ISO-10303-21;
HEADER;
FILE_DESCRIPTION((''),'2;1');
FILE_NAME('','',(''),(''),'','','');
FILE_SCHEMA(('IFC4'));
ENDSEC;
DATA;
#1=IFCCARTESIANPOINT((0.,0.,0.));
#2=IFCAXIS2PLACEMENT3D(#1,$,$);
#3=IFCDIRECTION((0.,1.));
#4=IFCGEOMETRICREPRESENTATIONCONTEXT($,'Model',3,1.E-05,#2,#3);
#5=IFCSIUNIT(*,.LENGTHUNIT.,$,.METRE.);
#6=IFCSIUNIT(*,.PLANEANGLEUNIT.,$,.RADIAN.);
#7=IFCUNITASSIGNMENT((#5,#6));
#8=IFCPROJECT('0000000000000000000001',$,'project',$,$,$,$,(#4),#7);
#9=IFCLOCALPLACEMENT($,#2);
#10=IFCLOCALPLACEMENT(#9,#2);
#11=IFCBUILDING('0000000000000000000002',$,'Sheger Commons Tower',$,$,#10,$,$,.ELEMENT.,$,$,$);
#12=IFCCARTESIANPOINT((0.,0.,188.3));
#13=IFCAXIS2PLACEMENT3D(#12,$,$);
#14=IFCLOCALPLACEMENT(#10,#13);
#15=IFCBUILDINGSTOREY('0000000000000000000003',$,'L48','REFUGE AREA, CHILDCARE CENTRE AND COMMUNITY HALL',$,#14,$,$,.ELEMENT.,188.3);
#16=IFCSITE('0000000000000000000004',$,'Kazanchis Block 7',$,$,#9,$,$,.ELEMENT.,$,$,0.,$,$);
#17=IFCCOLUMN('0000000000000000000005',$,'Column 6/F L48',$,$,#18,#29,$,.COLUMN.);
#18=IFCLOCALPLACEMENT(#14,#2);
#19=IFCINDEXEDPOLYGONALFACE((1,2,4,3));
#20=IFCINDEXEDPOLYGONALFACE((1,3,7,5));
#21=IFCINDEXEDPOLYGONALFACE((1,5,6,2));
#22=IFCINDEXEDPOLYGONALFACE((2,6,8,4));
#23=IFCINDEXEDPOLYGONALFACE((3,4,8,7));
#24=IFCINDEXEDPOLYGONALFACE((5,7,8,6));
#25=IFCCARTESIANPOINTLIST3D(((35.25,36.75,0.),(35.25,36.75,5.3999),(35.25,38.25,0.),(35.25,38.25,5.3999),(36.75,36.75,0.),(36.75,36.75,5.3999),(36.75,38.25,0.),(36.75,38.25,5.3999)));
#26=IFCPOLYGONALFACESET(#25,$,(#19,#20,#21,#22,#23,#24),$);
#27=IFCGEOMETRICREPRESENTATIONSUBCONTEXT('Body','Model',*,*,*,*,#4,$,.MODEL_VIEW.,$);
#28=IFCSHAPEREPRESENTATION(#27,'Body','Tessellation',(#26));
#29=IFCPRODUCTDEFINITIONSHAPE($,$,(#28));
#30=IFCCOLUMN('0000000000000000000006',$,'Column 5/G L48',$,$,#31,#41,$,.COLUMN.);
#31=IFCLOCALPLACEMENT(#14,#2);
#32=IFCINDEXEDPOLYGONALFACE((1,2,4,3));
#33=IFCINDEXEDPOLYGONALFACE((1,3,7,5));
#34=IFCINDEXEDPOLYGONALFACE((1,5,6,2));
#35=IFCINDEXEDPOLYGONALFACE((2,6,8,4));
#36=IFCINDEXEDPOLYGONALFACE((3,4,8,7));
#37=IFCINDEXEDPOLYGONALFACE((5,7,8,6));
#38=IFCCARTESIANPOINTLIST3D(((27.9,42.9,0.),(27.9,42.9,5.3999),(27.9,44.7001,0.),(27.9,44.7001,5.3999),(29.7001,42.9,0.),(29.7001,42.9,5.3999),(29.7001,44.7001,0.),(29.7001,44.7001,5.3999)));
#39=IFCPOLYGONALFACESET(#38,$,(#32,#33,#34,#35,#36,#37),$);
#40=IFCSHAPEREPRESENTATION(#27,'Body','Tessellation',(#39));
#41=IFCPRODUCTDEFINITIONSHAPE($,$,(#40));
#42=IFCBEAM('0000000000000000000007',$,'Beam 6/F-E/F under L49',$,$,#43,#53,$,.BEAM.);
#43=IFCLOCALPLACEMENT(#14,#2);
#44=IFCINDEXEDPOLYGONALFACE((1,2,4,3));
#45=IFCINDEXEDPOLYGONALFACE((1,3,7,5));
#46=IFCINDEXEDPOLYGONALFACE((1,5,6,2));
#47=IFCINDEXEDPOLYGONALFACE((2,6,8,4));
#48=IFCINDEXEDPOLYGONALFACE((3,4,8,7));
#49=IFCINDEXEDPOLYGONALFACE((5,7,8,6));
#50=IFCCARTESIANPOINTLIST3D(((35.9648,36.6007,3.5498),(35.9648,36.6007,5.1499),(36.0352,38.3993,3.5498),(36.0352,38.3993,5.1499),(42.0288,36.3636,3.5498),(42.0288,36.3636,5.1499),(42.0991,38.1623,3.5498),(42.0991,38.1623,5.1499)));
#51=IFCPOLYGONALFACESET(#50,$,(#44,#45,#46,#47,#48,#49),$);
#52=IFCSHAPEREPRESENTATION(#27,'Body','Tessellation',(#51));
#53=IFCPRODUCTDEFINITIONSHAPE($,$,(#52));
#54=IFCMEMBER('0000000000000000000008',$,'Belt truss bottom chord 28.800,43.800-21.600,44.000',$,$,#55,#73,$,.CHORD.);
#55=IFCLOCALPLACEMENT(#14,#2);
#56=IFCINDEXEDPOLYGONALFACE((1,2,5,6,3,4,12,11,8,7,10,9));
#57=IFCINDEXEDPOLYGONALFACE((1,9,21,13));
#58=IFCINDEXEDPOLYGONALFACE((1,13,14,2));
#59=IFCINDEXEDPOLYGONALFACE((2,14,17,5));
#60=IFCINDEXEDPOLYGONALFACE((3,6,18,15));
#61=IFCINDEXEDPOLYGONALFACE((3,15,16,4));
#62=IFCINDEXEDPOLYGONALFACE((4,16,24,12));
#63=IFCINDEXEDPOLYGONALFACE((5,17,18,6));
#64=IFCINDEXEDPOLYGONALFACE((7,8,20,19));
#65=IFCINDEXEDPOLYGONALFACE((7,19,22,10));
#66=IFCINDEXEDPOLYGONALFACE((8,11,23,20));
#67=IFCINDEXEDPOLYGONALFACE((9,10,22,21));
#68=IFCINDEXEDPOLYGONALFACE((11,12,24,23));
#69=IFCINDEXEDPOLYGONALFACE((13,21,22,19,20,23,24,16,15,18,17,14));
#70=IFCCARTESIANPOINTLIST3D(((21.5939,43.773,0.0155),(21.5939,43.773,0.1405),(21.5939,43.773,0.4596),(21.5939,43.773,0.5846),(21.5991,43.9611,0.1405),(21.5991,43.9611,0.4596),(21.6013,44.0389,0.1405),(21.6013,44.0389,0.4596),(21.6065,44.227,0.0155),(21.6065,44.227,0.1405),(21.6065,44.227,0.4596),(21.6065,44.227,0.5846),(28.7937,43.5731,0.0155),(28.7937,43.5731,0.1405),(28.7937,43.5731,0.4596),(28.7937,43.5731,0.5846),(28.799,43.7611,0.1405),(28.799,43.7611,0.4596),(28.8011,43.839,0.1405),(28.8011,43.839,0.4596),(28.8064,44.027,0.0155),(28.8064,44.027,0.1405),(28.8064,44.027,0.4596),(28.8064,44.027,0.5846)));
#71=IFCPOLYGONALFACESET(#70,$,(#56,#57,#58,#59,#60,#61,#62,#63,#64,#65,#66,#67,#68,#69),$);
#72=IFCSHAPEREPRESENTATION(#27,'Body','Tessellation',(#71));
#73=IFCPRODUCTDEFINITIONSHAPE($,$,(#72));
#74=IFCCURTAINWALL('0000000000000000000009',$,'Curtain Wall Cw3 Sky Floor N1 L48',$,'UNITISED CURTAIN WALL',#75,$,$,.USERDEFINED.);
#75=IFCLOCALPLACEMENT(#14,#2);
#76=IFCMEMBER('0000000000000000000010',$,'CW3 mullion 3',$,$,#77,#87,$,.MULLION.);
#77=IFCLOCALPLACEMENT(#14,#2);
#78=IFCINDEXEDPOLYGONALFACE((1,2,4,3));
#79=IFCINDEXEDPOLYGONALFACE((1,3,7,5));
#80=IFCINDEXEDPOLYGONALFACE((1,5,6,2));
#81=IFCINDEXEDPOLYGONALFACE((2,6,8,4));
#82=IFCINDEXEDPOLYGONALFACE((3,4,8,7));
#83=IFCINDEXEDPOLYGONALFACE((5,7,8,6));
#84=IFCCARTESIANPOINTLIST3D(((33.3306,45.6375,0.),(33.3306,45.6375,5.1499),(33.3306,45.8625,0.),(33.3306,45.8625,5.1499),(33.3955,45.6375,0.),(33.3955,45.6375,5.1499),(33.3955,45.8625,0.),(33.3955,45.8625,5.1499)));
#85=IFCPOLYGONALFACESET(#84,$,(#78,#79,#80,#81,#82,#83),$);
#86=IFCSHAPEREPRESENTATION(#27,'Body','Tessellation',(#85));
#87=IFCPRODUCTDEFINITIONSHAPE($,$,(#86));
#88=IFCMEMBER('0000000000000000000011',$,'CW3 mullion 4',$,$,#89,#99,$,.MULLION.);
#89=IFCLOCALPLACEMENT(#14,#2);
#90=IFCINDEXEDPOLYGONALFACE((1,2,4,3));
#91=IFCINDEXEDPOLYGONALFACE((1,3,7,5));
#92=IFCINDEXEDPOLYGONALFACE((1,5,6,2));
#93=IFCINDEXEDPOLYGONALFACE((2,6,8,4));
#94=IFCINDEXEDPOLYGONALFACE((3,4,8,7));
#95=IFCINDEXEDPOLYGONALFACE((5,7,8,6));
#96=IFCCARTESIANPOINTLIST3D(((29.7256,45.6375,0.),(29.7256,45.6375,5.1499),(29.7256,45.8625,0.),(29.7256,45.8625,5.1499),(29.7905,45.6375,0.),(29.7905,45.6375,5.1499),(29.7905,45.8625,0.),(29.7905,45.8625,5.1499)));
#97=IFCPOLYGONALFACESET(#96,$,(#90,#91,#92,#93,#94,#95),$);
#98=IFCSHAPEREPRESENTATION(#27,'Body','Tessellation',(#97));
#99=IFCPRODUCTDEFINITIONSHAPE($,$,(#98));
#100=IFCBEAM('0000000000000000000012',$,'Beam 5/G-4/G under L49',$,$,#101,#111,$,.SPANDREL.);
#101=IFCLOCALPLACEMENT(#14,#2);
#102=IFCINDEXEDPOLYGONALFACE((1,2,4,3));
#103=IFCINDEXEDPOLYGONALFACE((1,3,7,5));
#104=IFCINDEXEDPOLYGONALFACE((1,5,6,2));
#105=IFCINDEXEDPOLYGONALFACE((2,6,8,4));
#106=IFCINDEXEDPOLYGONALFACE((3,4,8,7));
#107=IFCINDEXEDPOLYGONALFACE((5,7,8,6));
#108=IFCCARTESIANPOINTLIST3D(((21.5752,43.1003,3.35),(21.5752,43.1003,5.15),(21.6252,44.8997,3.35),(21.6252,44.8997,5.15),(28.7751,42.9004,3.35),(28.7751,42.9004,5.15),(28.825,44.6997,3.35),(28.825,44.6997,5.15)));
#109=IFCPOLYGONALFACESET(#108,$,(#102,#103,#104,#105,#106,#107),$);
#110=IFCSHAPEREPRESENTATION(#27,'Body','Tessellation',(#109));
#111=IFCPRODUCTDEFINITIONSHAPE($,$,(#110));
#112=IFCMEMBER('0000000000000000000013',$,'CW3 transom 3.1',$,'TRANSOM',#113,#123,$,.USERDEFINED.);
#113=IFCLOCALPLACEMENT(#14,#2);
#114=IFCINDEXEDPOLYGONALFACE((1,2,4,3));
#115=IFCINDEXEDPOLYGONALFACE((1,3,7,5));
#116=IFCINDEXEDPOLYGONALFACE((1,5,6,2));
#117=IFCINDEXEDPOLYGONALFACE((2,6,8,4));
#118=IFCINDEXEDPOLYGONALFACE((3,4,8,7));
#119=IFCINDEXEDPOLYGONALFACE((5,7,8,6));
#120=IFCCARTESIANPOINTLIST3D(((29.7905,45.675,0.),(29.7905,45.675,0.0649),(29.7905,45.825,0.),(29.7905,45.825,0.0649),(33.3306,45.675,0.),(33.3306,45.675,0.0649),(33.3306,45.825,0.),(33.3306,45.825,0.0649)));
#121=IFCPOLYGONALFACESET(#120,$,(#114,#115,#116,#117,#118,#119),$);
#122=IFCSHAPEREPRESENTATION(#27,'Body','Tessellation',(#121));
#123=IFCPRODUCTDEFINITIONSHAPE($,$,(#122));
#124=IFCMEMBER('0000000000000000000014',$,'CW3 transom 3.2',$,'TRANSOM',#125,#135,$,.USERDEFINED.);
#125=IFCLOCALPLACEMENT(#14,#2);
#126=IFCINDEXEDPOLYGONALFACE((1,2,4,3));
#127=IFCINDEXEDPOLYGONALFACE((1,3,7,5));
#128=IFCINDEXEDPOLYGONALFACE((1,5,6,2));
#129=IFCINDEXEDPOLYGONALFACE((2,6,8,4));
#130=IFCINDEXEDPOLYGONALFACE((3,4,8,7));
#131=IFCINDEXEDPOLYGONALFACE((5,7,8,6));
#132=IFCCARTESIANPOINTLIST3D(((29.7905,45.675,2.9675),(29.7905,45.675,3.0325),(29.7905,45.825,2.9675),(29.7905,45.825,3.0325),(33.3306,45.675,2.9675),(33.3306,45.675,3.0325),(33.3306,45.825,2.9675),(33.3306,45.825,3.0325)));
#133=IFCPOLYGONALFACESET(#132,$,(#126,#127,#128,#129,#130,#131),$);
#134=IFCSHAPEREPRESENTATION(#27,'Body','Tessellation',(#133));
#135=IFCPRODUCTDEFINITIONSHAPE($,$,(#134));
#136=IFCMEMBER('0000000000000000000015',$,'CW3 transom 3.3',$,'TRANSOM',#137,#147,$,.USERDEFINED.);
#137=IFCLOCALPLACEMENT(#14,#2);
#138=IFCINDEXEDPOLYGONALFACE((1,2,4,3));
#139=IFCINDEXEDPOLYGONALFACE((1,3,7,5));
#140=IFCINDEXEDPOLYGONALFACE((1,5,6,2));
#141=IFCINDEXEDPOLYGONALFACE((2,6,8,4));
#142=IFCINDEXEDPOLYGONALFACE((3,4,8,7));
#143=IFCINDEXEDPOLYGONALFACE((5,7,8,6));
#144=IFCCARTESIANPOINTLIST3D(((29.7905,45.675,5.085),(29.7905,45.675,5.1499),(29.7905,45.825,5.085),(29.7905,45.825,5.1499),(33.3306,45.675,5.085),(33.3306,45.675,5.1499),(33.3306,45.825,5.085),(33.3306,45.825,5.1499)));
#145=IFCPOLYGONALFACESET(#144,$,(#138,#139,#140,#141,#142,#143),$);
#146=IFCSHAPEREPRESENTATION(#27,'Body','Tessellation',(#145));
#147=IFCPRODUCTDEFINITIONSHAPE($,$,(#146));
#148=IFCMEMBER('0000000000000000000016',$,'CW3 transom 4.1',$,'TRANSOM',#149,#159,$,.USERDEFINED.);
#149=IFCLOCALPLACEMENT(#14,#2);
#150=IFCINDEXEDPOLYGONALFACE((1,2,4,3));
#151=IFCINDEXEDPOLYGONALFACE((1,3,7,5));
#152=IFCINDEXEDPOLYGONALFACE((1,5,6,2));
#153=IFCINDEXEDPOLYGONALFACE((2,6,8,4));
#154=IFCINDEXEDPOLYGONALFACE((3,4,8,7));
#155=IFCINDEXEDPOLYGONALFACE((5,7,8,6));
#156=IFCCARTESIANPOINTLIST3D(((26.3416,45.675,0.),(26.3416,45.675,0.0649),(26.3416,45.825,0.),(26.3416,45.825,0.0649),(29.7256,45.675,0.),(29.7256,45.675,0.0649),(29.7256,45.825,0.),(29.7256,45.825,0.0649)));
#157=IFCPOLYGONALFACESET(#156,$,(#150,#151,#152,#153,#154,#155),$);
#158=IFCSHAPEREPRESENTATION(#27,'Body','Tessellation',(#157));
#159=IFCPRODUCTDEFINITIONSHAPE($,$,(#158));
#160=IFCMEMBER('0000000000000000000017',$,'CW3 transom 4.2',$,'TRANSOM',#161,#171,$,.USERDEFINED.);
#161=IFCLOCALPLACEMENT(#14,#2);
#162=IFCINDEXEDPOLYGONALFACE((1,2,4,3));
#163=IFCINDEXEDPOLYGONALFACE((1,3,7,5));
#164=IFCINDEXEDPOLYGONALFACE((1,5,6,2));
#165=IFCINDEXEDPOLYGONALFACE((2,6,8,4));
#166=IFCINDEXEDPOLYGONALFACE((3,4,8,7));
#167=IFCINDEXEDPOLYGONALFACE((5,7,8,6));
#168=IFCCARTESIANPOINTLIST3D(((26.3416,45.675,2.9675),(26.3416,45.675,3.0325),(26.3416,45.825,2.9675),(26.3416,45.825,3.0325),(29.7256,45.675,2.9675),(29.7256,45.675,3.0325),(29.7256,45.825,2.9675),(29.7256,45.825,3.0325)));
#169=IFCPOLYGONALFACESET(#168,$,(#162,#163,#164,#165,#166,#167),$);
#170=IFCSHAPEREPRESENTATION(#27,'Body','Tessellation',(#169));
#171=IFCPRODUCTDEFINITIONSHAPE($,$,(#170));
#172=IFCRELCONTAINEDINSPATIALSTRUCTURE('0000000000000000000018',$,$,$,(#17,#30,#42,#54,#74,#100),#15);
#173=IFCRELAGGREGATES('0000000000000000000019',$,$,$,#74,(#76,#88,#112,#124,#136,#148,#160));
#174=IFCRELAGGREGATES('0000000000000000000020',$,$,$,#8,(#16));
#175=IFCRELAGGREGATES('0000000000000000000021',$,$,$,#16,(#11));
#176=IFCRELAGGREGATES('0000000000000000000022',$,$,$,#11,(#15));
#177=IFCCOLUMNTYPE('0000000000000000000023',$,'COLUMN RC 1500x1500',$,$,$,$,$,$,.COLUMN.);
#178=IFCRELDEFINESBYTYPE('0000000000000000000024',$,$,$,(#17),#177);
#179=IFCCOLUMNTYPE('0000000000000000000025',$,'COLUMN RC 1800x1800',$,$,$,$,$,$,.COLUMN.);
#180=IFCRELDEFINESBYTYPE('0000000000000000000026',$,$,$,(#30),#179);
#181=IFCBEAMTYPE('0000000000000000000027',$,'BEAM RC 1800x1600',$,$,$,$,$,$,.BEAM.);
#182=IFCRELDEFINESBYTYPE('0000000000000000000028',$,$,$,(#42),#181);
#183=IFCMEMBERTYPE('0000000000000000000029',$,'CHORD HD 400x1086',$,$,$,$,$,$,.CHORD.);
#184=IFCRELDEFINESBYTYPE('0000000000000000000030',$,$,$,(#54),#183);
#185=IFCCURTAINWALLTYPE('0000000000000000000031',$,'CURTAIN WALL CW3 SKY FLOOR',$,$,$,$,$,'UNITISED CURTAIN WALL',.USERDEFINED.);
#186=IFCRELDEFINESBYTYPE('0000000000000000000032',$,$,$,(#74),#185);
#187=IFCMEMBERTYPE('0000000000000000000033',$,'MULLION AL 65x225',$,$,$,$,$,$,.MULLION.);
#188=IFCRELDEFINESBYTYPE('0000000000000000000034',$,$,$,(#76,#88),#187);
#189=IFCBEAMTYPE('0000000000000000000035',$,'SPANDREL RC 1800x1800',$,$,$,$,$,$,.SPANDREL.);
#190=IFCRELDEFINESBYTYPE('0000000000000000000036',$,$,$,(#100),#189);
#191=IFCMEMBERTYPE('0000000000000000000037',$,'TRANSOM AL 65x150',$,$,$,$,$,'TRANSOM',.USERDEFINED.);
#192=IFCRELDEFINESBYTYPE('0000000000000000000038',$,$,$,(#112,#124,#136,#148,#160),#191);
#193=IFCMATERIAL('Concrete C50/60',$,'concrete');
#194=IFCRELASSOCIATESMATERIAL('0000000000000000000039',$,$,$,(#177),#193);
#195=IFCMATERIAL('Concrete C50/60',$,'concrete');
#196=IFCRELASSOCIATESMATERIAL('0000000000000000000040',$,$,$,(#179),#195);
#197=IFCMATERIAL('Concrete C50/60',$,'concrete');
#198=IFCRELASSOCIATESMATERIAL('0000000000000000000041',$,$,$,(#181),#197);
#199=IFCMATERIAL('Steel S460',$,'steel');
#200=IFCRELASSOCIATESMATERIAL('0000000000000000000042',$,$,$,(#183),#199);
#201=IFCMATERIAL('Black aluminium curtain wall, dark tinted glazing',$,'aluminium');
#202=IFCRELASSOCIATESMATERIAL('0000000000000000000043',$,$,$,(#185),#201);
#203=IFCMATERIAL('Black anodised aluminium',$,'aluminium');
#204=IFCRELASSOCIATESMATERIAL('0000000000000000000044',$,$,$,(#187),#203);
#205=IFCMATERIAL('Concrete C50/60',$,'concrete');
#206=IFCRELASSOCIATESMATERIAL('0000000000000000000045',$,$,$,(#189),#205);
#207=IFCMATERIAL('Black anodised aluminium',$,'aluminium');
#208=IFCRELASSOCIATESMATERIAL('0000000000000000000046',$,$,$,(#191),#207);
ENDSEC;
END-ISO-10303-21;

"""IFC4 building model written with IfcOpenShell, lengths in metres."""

from ifc_helpers import new_model, si_unit, direction, frame, origin, origin_2d, place, context, subcontext, project, spatial, rectangle, i_section, extrude, material, material_profile, profile_set, type_object, element, aggregate, save


model = new_model("IFC4")

# Units and contexts
model_context = context("Model", 3, precision=1e-05, world=origin(), true_north=direction((0.0, 1.0)))
body_context = subcontext(model_context, "Body", "Model", "MODEL_VIEW")
ifc_project = project(units=[si_unit("LENGTHUNIT", "METRE"), si_unit("PLANEANGLEUNIT", "RADIAN")], contexts=[model_context])

# Site, building, storey
site_placement = place(None, origin())
site = spatial("IfcSite", under=ifc_project, at=site_placement, Name="Kazanchis Block 7", CompositionType="ELEMENT", RefElevation=0.0)
building_placement = place(site_placement, origin())
building = spatial("IfcBuilding", under=site, at=building_placement, Name="Sheger Commons Tower", CompositionType="ELEMENT")
storey_placement = place(building_placement, frame((0.0, 0.0, 188.3)))
storey = spatial("IfcBuildingStorey", under=building, at=storey_placement, Name="L48", Description="REFUGE AREA, CHILDCARE CENTRE AND COMMUNITY HALL", CompositionType="ELEMENT", Elevation=188.3)

# Columns
ifc_material_1 = material(Name="Concrete C50/60", Category="concrete")
ifc_material_profile_1 = material_profile(ifc_material_1, rectangle(XDim=1.5, YDim=1.5, at=origin_2d()), Name="RC 1500x1500")
ifc_profile_set_1 = profile_set([ifc_material_profile_1], Name="Concrete C50/60")
column_type_1 = type_object("IfcColumnType", Name="COLUMN RC 1500x1500", PredefinedType="COLUMN", material=ifc_profile_set_1)
column_1_placement = place(storey_placement, frame((36.0, 37.5, 0.0), z_axis=(0.0, 0.0, 1.0), x_axis=(1.0, 0.0, 0.0)))
element("IfcColumn", 1, at=column_1_placement, inside=storey, type_object=column_type_1, Name="Column 6/F L48", PredefinedType="COLUMN", context=body_context, shape_type="SweptSolid", body=[
    extrude(rectangle(XDim=1.5, YDim=1.5, at=origin_2d()), origin(), (0.0, 0.0, 1.0), 5.3999),
])
ifc_material_2 = material(Name="Concrete C50/60", Category="concrete")
ifc_material_profile_2 = material_profile(ifc_material_2, rectangle(XDim=1.8, YDim=1.8, at=origin_2d()), Name="RC 1800x1800")
ifc_profile_set_2 = profile_set([ifc_material_profile_2], Name="Concrete C50/60")
column_type_2 = type_object("IfcColumnType", Name="COLUMN RC 1800x1800", PredefinedType="COLUMN", material=ifc_profile_set_2)
column_2_placement = place(storey_placement, frame((28.8, 43.8, 0.0), z_axis=(0.0, 0.0, 1.0), x_axis=(1.0, 0.0, 0.0)))
element("IfcColumn", 2, at=column_2_placement, inside=storey, type_object=column_type_2, Name="Column 5/G L48", PredefinedType="COLUMN", context=body_context, shape_type="SweptSolid", body=[
    extrude(rectangle(XDim=1.8, YDim=1.8, at=origin_2d()), origin(), (0.0, 0.0, 1.0), 5.3999),
])

# Beam
ifc_material_3 = material(Name="Concrete C50/60", Category="concrete")
ifc_material_profile_3 = material_profile(ifc_material_3, rectangle(XDim=1.8, YDim=1.6001, at=origin_2d()), Name="RC 1800x1600")
ifc_profile_set_3 = profile_set([ifc_material_profile_3], Name="Concrete C50/60")
beam_type_1 = type_object("IfcBeamType", Name="BEAM RC 1800x1600", PredefinedType="BEAM", material=ifc_profile_set_3)
beam_1_placement = place(storey_placement, frame((36.0, 37.5, 4.3499), z_axis=(0.999237, -0.039063, 0.0), x_axis=(0.039063, 0.999237, 0.0)))
element("IfcBeam", 3, at=beam_1_placement, inside=storey, type_object=beam_type_1, Name="Beam 6/F-E/F under L49", PredefinedType="BEAM", context=body_context, shape_type="SweptSolid", body=[
    extrude(rectangle(XDim=1.8, YDim=1.6001, at=origin_2d()), origin(), (0.0, 0.0, 1.0), 6.0686),
])

# Member
ifc_material_4 = material(Name="Steel S460", Category="steel")
ifc_material_profile_4 = material_profile(ifc_material_4, i_section(OverallWidth=0.4541, OverallDepth=0.5691, WebThickness=0.0779, FlangeThickness=0.125, at=origin_2d()), Name="HD 400x1086")
ifc_profile_set_4 = profile_set([ifc_material_profile_4], Name="Steel S460")
member_type_1 = type_object("IfcMemberType", Name="CHORD HD 400x1086", PredefinedType="CHORD", material=ifc_profile_set_4)
member_1_placement = place(storey_placement, frame((28.8, 43.8, 0.3), z_axis=(-0.999615, 0.02776, 0.0), x_axis=(-0.02776, -0.999615, 0.0)))
element("IfcMember", 4, at=member_1_placement, inside=storey, type_object=member_type_1, Name="Belt truss bottom chord 28.800,43.800-21.600,44.000", PredefinedType="CHORD", context=body_context, shape_type="SweptSolid", body=[
    extrude(i_section(OverallWidth=0.4541, OverallDepth=0.5691, WebThickness=0.0779, FlangeThickness=0.125, at=origin_2d()), origin(), (0.0, 0.0, 1.0), 7.2026),
])

# Curtain wall, members
ifc_material_5 = material(Name="Black aluminium curtain wall, dark tinted glazing", Category="aluminium")
curtain_wall_type = type_object("IfcCurtainWallType", Name="CURTAIN WALL CW3 SKY FLOOR", ElementType="UNITISED CURTAIN WALL", PredefinedType="USERDEFINED", material=ifc_material_5)
curtain_wall_placement = place(storey_placement, origin())
curtain_wall = element("IfcCurtainWall", 5, at=curtain_wall_placement, inside=storey, type_object=curtain_wall_type, Name="Curtain Wall Cw3 Sky Floor N1 L48", ObjectType="UNITISED CURTAIN WALL", PredefinedType="USERDEFINED")
ifc_material_6 = material(Name="Black anodised aluminium", Category="aluminium")
ifc_material_profile_5 = material_profile(ifc_material_6, rectangle(XDim=0.2251, YDim=0.0649, at=origin_2d()), Name="AL 65x225")
ifc_profile_set_5 = profile_set([ifc_material_profile_5], Name="Black anodised aluminium")
member_type_2 = type_object("IfcMemberType", Name="MULLION AL 65x225", PredefinedType="MULLION", material=ifc_profile_set_5)
member_2_placement = place(storey_placement, frame((33.363, 45.75, 0.0), z_axis=(0.0, 0.0, 1.0), x_axis=(0.0, -1.0, 0.0)))
member_2 = element("IfcMember", 6, at=member_2_placement, type_object=member_type_2, Name="CW3 mullion 3", PredefinedType="MULLION", context=body_context, shape_type="SweptSolid", body=[
    extrude(rectangle(XDim=0.2251, YDim=0.0649, at=origin_2d()), origin(), (0.0, 0.0, 1.0), 5.1499),
])
member_3_placement = place(storey_placement, frame((29.7581, 45.75, 0.0), z_axis=(0.0, 0.0, 1.0), x_axis=(0.0, -1.0, 0.0)))
member_3 = element("IfcMember", 7, at=member_3_placement, type_object=member_type_2, Name="CW3 mullion 4", PredefinedType="MULLION", context=body_context, shape_type="SweptSolid", body=[
    extrude(rectangle(XDim=0.2251, YDim=0.0649, at=origin_2d()), origin(), (0.0, 0.0, 1.0), 5.1499),
])

# Beam
ifc_material_7 = material(Name="Concrete C50/60", Category="concrete")
ifc_material_profile_6 = material_profile(ifc_material_7, rectangle(XDim=1.8, YDim=1.8, at=origin_2d()), Name="RC 1800x1800")
ifc_profile_set_6 = profile_set([ifc_material_profile_6], Name="Concrete C50/60")
beam_type_2 = type_object("IfcBeamType", Name="SPANDREL RC 1800x1800", PredefinedType="SPANDREL", material=ifc_profile_set_6)
beam_2_placement = place(storey_placement, frame((28.8, 43.8, 4.25), z_axis=(-0.999615, 0.02776, 0.0), x_axis=(-0.02776, -0.999615, 0.0)))
element("IfcBeam", 8, at=beam_2_placement, inside=storey, type_object=beam_type_2, Name="Beam 5/G-4/G under L49", PredefinedType="SPANDREL", context=body_context, shape_type="SweptSolid", body=[
    extrude(rectangle(XDim=1.8, YDim=1.8, at=origin_2d()), origin(), (0.0, 0.0, 1.0), 7.2026),
])

# Members
ifc_material_8 = material(Name="Black anodised aluminium", Category="aluminium")
ifc_material_profile_7 = material_profile(ifc_material_8, rectangle(XDim=0.1499, YDim=0.0649, at=origin_2d()), Name="AL 65x150")
ifc_profile_set_7 = profile_set([ifc_material_profile_7], Name="Black anodised aluminium")
member_type_3 = type_object("IfcMemberType", Name="TRANSOM AL 65x150", ElementType="TRANSOM", PredefinedType="USERDEFINED", material=ifc_profile_set_7)
member_4_placement = place(storey_placement, frame((33.3306, 45.75, 0.0325), z_axis=(-1.0, 0.0, 0.0), x_axis=(0.0, -1.0, 0.0)))
member_4 = element("IfcMember", 9, at=member_4_placement, type_object=member_type_3, Name="CW3 transom 3.1", ObjectType="TRANSOM", PredefinedType="USERDEFINED", context=body_context, shape_type="SweptSolid", body=[
    extrude(rectangle(XDim=0.1499, YDim=0.0649, at=origin_2d()), origin(), (0.0, 0.0, 1.0), 3.54),
])
member_5_placement = place(storey_placement, frame((33.3306, 45.75, 3.0), z_axis=(-1.0, 0.0, 0.0), x_axis=(0.0, -1.0, 0.0)))
member_5 = element("IfcMember", 10, at=member_5_placement, type_object=member_type_3, Name="CW3 transom 3.2", ObjectType="TRANSOM", PredefinedType="USERDEFINED", context=body_context, shape_type="SweptSolid", body=[
    extrude(rectangle(XDim=0.1499, YDim=0.0649, at=origin_2d()), origin(), (0.0, 0.0, 1.0), 3.54),
])
member_6_placement = place(storey_placement, frame((33.3306, 45.75, 5.1174), z_axis=(-1.0, 0.0, 0.0), x_axis=(0.0, -1.0, 0.0)))
member_6 = element("IfcMember", 11, at=member_6_placement, type_object=member_type_3, Name="CW3 transom 3.3", ObjectType="TRANSOM", PredefinedType="USERDEFINED", context=body_context, shape_type="SweptSolid", body=[
    extrude(rectangle(XDim=0.1499, YDim=0.0649, at=origin_2d()), origin(), (0.0, 0.0, 1.0), 3.54),
])
member_7_placement = place(storey_placement, frame((29.7256, 45.75, 0.0325), z_axis=(-1.0, 0.0, 0.0), x_axis=(0.0, -1.0, 0.0)))
member_7 = element("IfcMember", 12, at=member_7_placement, type_object=member_type_3, Name="CW3 transom 4.1", ObjectType="TRANSOM", PredefinedType="USERDEFINED", context=body_context, shape_type="SweptSolid", body=[
    extrude(rectangle(XDim=0.1499, YDim=0.0649, at=origin_2d()), origin(), (0.0, 0.0, 1.0), 3.384),
])
member_8_placement = place(storey_placement, frame((29.7256, 45.75, 3.0), z_axis=(-1.0, 0.0, 0.0), x_axis=(0.0, -1.0, 0.0)))
member_8 = element("IfcMember", 13, at=member_8_placement, type_object=member_type_3, Name="CW3 transom 4.2", ObjectType="TRANSOM", PredefinedType="USERDEFINED", context=body_context, shape_type="SweptSolid", body=[
    extrude(rectangle(XDim=0.1499, YDim=0.0649, at=origin_2d()), origin(), (0.0, 0.0, 1.0), 3.384),
])

aggregate(curtain_wall, [member_2, member_3, member_4, member_5, member_6, member_7, member_8])

save(model, "model.ifc")
